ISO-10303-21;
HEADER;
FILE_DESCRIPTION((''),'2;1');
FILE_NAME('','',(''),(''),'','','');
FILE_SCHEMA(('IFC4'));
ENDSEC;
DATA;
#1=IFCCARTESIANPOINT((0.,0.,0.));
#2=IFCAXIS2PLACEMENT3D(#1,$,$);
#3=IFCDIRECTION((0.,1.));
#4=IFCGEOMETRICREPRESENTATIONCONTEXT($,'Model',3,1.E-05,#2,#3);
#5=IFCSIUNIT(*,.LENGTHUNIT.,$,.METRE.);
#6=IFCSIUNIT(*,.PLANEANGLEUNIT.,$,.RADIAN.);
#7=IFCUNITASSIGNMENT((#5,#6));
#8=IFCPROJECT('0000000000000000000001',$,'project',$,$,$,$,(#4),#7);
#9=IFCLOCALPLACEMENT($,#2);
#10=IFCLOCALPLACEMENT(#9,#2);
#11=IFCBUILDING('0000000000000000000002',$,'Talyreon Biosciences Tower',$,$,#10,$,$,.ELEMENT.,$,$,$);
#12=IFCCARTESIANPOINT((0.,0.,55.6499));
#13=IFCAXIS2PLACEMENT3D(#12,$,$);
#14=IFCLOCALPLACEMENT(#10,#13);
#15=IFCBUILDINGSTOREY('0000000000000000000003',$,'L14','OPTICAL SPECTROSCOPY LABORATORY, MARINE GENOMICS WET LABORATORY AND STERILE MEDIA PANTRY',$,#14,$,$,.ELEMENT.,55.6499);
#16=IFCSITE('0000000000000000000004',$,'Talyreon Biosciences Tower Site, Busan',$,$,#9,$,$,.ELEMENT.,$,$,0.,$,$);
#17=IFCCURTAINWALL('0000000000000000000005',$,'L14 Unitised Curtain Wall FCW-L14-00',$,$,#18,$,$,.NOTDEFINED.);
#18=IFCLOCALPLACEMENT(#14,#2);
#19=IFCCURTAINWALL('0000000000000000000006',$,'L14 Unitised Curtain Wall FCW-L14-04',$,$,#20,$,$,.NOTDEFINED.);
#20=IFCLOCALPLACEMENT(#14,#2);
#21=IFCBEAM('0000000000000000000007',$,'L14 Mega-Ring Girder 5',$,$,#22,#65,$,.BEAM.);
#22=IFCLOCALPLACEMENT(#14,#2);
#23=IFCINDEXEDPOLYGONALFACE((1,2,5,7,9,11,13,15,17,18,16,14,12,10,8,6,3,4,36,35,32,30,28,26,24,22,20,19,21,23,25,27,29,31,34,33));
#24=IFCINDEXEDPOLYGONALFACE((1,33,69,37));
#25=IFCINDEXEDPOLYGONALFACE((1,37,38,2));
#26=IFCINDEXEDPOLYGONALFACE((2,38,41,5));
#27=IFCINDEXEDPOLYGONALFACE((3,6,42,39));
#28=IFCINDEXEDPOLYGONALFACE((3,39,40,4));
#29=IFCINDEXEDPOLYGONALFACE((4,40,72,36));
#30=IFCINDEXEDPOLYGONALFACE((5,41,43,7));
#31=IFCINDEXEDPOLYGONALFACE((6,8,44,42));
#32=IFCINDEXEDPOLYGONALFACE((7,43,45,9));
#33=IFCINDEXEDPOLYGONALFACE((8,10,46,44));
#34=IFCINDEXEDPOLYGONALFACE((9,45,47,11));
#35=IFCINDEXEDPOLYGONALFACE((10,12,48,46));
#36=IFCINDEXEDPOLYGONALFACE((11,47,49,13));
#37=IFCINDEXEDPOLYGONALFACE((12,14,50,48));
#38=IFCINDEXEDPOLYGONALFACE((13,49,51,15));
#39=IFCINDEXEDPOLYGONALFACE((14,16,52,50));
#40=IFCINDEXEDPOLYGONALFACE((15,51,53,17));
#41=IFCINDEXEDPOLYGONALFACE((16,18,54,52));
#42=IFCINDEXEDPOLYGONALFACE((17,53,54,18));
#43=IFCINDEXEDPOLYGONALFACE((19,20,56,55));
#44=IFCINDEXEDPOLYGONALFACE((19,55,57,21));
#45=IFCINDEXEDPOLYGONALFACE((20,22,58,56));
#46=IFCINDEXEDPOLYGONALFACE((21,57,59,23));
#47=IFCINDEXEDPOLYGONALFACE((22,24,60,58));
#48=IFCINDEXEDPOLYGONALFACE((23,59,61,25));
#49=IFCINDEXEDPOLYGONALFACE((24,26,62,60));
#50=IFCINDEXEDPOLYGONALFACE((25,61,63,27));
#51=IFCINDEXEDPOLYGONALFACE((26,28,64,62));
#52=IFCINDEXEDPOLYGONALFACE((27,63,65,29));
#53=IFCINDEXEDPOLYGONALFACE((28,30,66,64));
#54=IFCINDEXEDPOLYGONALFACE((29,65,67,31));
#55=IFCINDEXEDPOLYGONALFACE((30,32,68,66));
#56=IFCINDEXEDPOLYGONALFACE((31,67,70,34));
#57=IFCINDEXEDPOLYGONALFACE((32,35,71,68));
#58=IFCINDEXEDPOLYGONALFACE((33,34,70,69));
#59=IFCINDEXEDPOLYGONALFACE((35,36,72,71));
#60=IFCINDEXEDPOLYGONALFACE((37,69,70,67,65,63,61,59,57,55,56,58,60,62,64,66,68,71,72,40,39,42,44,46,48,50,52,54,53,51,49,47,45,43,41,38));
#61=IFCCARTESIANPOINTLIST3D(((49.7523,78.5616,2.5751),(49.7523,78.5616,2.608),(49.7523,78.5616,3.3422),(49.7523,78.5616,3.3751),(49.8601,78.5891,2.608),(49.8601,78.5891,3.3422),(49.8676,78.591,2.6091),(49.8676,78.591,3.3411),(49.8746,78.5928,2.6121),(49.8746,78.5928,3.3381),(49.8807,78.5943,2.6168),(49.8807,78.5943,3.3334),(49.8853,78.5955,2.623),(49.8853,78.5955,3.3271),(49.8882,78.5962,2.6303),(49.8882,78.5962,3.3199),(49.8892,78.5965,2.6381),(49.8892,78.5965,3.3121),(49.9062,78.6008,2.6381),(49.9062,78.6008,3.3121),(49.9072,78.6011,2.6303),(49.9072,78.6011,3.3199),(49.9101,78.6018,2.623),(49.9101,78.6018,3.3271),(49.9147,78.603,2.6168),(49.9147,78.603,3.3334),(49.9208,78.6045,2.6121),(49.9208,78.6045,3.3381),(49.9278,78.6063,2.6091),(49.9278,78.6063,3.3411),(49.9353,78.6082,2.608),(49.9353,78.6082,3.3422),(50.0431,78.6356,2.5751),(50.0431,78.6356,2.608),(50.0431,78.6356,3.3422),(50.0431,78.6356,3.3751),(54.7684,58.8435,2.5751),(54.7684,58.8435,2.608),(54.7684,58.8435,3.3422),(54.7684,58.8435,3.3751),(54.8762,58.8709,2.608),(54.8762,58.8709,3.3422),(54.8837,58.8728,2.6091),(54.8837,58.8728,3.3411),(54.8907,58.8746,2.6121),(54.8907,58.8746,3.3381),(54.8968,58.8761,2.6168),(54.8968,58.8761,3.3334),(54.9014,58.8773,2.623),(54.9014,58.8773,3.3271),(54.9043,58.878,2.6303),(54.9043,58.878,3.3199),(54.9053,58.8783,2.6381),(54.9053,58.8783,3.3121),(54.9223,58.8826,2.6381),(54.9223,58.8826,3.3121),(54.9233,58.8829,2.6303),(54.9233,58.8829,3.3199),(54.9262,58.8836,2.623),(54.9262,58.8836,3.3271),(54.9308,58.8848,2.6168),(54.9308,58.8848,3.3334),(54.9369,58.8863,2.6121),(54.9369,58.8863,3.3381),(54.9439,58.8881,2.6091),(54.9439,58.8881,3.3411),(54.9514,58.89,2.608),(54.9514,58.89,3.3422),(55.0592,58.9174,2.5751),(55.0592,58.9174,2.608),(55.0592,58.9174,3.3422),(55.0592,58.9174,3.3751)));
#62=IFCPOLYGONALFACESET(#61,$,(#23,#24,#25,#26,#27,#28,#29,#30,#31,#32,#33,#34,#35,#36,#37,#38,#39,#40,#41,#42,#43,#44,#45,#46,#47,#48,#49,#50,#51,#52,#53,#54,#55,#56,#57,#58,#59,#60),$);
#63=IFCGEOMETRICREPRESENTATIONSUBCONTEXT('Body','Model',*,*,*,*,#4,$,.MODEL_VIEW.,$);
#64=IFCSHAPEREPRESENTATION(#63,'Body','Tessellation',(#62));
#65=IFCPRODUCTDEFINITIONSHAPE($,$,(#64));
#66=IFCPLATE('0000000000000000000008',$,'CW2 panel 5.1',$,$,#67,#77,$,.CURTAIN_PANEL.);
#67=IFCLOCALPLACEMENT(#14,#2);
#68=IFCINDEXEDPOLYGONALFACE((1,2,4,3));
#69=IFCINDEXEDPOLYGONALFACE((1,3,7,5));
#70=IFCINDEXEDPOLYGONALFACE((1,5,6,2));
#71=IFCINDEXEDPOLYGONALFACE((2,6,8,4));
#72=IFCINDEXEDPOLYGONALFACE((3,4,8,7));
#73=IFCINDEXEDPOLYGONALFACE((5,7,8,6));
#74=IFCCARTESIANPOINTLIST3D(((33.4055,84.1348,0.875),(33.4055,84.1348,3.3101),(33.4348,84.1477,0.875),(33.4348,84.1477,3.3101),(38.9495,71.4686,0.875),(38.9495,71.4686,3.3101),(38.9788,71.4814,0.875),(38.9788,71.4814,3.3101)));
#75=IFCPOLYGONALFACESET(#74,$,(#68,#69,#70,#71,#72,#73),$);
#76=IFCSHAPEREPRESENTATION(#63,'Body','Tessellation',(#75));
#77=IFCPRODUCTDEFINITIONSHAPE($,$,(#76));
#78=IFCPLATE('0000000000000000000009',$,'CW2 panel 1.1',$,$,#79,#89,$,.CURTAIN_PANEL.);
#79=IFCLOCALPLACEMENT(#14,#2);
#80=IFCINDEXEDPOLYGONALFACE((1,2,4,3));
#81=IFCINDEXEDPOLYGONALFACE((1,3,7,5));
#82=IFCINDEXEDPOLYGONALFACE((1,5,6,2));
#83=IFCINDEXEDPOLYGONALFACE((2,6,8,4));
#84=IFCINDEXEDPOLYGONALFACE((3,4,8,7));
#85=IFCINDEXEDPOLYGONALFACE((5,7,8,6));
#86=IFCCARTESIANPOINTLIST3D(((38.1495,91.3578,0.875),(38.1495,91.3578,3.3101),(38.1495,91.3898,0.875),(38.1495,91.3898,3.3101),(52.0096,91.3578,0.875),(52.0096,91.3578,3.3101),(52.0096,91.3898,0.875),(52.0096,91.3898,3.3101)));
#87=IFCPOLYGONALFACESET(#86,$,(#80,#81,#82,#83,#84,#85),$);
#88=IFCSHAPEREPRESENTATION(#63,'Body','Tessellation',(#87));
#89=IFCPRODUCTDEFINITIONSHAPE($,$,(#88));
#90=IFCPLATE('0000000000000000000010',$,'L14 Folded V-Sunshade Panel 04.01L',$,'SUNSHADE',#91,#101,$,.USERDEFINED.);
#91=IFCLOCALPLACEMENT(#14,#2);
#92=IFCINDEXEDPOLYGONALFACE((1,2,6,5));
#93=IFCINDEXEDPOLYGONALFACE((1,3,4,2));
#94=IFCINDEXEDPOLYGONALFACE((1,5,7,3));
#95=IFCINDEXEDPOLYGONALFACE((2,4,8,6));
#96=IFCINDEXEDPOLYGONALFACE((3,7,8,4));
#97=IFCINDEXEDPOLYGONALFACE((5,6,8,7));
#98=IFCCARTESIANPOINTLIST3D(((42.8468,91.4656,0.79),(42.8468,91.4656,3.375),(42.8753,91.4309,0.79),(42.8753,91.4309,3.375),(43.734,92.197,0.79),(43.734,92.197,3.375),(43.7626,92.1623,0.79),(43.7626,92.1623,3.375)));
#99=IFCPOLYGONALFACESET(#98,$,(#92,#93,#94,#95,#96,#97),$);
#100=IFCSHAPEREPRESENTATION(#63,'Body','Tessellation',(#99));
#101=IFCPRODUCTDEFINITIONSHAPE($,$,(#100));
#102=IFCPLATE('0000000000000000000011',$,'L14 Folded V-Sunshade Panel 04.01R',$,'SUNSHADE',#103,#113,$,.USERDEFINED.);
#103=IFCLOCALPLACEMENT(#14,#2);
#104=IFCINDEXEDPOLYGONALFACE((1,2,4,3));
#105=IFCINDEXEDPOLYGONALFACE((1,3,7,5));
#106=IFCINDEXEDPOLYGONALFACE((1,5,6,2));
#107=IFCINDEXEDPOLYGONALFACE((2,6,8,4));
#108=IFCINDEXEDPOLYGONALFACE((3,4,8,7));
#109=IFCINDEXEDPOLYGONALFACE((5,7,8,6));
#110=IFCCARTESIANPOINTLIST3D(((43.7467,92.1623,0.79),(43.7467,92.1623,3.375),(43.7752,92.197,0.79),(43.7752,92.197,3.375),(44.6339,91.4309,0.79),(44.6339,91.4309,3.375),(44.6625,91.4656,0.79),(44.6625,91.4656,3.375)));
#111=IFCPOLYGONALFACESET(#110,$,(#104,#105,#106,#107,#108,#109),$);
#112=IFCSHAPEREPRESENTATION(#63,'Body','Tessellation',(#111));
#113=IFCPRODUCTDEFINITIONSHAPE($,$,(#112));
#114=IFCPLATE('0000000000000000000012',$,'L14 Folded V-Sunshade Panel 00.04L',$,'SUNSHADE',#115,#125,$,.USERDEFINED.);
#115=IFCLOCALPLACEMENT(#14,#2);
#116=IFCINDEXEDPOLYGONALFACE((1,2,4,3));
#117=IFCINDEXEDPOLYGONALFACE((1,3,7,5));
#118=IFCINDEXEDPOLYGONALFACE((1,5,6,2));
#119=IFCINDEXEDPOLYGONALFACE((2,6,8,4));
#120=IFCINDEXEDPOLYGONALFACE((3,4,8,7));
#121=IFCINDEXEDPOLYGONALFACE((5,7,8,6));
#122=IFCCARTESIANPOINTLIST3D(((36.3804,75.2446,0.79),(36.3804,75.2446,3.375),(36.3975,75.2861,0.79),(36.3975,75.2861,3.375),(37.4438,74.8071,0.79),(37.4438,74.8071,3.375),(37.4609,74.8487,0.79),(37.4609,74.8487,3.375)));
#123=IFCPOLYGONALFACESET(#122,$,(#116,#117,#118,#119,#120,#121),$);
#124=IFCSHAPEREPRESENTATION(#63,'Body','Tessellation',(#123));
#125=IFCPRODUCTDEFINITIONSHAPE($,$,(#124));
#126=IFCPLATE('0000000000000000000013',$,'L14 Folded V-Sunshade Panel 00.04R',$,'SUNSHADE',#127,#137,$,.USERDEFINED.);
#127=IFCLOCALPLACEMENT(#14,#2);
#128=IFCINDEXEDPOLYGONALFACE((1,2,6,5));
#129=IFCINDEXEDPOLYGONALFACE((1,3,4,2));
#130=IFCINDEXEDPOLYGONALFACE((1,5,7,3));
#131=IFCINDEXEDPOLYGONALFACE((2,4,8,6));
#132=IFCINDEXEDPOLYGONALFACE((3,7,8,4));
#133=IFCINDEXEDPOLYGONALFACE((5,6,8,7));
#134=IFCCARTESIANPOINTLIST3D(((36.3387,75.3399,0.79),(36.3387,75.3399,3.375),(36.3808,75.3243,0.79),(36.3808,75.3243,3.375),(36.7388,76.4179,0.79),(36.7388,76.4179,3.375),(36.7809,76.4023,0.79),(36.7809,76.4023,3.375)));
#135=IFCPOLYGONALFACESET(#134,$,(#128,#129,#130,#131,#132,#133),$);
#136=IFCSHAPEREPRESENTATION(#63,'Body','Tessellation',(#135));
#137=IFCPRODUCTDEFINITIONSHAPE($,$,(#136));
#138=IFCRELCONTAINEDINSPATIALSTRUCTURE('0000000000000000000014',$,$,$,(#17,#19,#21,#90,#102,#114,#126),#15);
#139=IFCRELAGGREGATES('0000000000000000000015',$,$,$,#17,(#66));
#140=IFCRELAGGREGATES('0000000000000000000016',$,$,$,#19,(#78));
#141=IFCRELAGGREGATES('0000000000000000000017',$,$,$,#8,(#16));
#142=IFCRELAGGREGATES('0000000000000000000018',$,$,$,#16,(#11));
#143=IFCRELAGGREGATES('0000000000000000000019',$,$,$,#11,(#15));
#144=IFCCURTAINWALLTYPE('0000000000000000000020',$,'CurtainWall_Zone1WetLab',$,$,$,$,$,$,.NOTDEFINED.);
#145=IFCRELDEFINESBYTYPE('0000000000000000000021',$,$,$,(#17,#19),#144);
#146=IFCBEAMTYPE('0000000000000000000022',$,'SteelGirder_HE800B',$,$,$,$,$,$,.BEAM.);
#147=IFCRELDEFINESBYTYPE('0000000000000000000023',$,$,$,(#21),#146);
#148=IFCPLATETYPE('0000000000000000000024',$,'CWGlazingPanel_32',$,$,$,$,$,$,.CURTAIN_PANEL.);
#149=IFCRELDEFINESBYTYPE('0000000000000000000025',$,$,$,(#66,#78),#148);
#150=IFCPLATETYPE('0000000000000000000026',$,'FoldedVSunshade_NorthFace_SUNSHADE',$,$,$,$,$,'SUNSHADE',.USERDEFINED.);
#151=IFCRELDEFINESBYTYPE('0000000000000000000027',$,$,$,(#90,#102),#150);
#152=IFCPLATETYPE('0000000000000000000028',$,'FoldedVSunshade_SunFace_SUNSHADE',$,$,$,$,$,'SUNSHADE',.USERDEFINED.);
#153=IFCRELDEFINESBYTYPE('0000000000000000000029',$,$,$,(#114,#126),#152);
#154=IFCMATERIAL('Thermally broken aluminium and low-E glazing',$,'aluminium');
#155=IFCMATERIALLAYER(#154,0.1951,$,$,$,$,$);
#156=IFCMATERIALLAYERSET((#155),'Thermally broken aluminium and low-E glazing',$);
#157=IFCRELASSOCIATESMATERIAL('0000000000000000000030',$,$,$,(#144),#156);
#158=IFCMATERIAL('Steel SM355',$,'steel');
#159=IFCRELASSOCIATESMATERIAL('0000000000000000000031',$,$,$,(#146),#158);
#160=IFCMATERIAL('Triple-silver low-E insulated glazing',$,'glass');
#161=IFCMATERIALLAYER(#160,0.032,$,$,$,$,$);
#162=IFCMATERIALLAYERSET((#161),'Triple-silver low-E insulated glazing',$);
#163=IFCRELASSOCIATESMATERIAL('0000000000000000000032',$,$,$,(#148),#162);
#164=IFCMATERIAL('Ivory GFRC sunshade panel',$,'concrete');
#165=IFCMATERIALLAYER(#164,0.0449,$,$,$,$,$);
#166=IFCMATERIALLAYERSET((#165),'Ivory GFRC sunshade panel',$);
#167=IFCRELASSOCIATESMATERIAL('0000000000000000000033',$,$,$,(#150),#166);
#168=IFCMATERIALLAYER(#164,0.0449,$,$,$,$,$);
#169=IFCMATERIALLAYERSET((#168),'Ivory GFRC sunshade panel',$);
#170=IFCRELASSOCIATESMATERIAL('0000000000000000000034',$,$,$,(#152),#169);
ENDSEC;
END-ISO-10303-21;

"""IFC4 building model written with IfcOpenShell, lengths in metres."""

from ifc_helpers import new_model, si_unit, direction, frame, origin, origin_2d, place, context, subcontext, project, spatial, rectangle, i_section, extrude, material, layer, layer_set, material_profile, profile_set, type_object, element, aggregate, save


model = new_model("IFC4")

# Units and contexts
model_context = context("Model", 3, precision=1e-05, world=origin(), true_north=direction((0.0, 1.0)))
body_context = subcontext(model_context, "Body", "Model", "MODEL_VIEW")
ifc_project = project(units=[si_unit("LENGTHUNIT", "METRE"), si_unit("PLANEANGLEUNIT", "RADIAN")], contexts=[model_context])

# Site, building, storey
site_placement = place(None, origin())
site = spatial("IfcSite", under=ifc_project, at=site_placement, Name="Talyreon Biosciences Tower Site, Busan", CompositionType="ELEMENT", RefElevation=0.0)
building_placement = place(site_placement, origin())
building = spatial("IfcBuilding", under=site, at=building_placement, Name="Talyreon Biosciences Tower", CompositionType="ELEMENT")
storey_placement = place(building_placement, frame((0.0, 0.0, 55.6499)))
storey = spatial("IfcBuildingStorey", under=building, at=storey_placement, Name="L14", Description="OPTICAL SPECTROSCOPY LABORATORY, MARINE GENOMICS WET LABORATORY AND STERILE MEDIA PANTRY", CompositionType="ELEMENT", Elevation=55.6499)

# Curtain wall
ifc_material_1 = material(Name="Thermally broken aluminium and low-E glazing", Category="aluminium")
ifc_layer_1 = layer(ifc_material_1, 0.1951)
ifc_layer_set_1 = layer_set([ifc_layer_1], Name="Thermally broken aluminium and low-E glazing")
curtain_wall_type = type_object("IfcCurtainWallType", Name="CurtainWall_Zone1WetLab", PredefinedType="NOTDEFINED", material=ifc_layer_set_1)
curtain_wall_1_placement = place(storey_placement, origin())
curtain_wall_1 = element("IfcCurtainWall", 1, at=curtain_wall_1_placement, inside=storey, type_object=curtain_wall_type, Name="L14 Unitised Curtain Wall FCW-L14-00", PredefinedType="NOTDEFINED")

# Curtain wall
curtain_wall_2_placement = place(storey_placement, origin())
curtain_wall_2 = element("IfcCurtainWall", 2, at=curtain_wall_2_placement, inside=storey, type_object=curtain_wall_type, Name="L14 Unitised Curtain Wall FCW-L14-04", PredefinedType="NOTDEFINED")

# Beam
ifc_material_2 = material(Name="Steel SM355", Category="steel")
ifc_material_profile_1 = material_profile(ifc_material_2, i_section(OverallWidth=0.3, OverallDepth=0.8, WebThickness=0.0176, FlangeThickness=0.033, FilletRadius=0.03, at=origin_2d()), Name="HE800B")
ifc_profile_set_1 = profile_set([ifc_material_profile_1], Name="Steel SM355")
beam_type_1 = type_object("IfcBeamType", Name="SteelGirder_HE800B", PredefinedType="BEAM", material=ifc_profile_set_1)
beam_1_placement = place(storey_placement, frame((49.8977, 78.5986, 2.9751), z_axis=(0.246537, -0.969133, 0.0), x_axis=(0.969133, 0.246537, 0.0)))
element("IfcBeam", 3, at=beam_1_placement, inside=storey, type_object=beam_type_1, Name="L14 Mega-Ring Girder 5", PredefinedType="BEAM", context=body_context, shape_type="SweptSolid", body=[
    extrude(i_section(OverallWidth=0.3, OverallDepth=0.8, WebThickness=0.0176, FlangeThickness=0.033, FilletRadius=0.03, at=origin_2d()), origin(), (0.0, 0.0, 1.0), 20.3462),
])

# Plates
ifc_material_3 = material(Name="Triple-silver low-E insulated glazing", Category="glass")
ifc_layer_2 = layer(ifc_material_3, 0.032)
ifc_layer_set_2 = layer_set([ifc_layer_2], Name="Triple-silver low-E insulated glazing")
plate_type_1 = type_object("IfcPlateType", Name="CWGlazingPanel_32", PredefinedType="CURTAIN_PANEL", material=ifc_layer_set_2)
plate_1_placement = place(storey_placement, frame((36.1921, 77.8081, 0.875), z_axis=(0.0, 0.0, 1.0), x_axis=(-0.400968, 0.916092, 0.0)))
plate_1 = element("IfcPlate", 4, at=plate_1_placement, type_object=plate_type_1, Name="CW2 panel 5.1", PredefinedType="CURTAIN_PANEL", context=body_context, shape_type="SweptSolid", body=[
    extrude(rectangle(XDim=13.8264, YDim=0.032, at=origin_2d()), origin(), (0.0, 0.0, 1.0), 2.4351),
])
aggregate(curtain_wall_1, [plate_1])
plate_2_placement = place(storey_placement, frame((45.0796, 91.3738, 0.875), z_axis=(0.0, 0.0, 1.0), x_axis=(1.0, 0.0, 0.0)))
plate_2 = element("IfcPlate", 5, at=plate_2_placement, type_object=plate_type_1, Name="CW2 panel 1.1", PredefinedType="CURTAIN_PANEL", context=body_context, shape_type="SweptSolid", body=[
    extrude(rectangle(XDim=13.8601, YDim=0.032, at=origin_2d()), origin(), (0.0, 0.0, 1.0), 2.4351),
])
aggregate(curtain_wall_2, [plate_2])

# Plates
ifc_material_4 = material(Name="Ivory GFRC sunshade panel", Category="concrete")
ifc_layer_3 = layer(ifc_material_4, 0.0449)
ifc_layer_set_3 = layer_set([ifc_layer_3], Name="Ivory GFRC sunshade panel")
plate_type_2 = type_object("IfcPlateType", Name="FoldedVSunshade_NorthFace_SUNSHADE", ElementType="SUNSHADE", PredefinedType="USERDEFINED", material=ifc_layer_set_3)
for number, where, z_axis, x_axis, name in (
    (6, (43.3047, 91.814, 0.79), (0.0, 0.0, 1.0), (0.771625, 0.636078, 0.0), "L14 Folded V-Sunshade Panel 04.01L"),
    (7, (44.2046, 91.814, 0.79), (0.0, 0.0, 1.0), (0.771625, -0.636078, 0.0), "L14 Folded V-Sunshade Panel 04.01R"),
):
    element("IfcPlate", number, at=place(storey_placement, frame(where, z_axis=z_axis, x_axis=x_axis)), inside=storey, type_object=plate_type_2, Name=name, ObjectType="SUNSHADE", PredefinedType="USERDEFINED", context=body_context, shape_type="SweptSolid", body=[
        extrude(rectangle(XDim=1.1499, YDim=0.0449, at=origin_2d()), origin(), (0.0, 0.0, 1.0), 2.585),
    ])
ifc_layer_4 = layer(ifc_material_4, 0.0449)
ifc_layer_set_4 = layer_set([ifc_layer_4], Name="Ivory GFRC sunshade panel")
plate_type_3 = type_object("IfcPlateType", Name="FoldedVSunshade_SunFace_SUNSHADE", ElementType="SUNSHADE", PredefinedType="USERDEFINED", material=ifc_layer_set_4)
for number, where, z_axis, x_axis, name in (
    (8, (36.9207, 75.0466, 0.79), (0.0, 0.0, 1.0), (-0.924805, 0.380441, 0.0), "L14 Folded V-Sunshade Panel 00.04L"),
    (9, (36.5598, 75.8711, 0.79), (0.0, 0.0, 1.0), (0.347934, 0.937519, 0.0), "L14 Folded V-Sunshade Panel 00.04R"),
):
    element("IfcPlate", number, at=place(storey_placement, frame(where, z_axis=z_axis, x_axis=x_axis)), inside=storey, type_object=plate_type_3, Name=name, ObjectType="SUNSHADE", PredefinedType="USERDEFINED", context=body_context, shape_type="SweptSolid", body=[
        extrude(rectangle(XDim=1.1499, YDim=0.0449, at=origin_2d()), origin(), (0.0, 0.0, 1.0), 2.585),
    ])

save(model, "model.ifc")
